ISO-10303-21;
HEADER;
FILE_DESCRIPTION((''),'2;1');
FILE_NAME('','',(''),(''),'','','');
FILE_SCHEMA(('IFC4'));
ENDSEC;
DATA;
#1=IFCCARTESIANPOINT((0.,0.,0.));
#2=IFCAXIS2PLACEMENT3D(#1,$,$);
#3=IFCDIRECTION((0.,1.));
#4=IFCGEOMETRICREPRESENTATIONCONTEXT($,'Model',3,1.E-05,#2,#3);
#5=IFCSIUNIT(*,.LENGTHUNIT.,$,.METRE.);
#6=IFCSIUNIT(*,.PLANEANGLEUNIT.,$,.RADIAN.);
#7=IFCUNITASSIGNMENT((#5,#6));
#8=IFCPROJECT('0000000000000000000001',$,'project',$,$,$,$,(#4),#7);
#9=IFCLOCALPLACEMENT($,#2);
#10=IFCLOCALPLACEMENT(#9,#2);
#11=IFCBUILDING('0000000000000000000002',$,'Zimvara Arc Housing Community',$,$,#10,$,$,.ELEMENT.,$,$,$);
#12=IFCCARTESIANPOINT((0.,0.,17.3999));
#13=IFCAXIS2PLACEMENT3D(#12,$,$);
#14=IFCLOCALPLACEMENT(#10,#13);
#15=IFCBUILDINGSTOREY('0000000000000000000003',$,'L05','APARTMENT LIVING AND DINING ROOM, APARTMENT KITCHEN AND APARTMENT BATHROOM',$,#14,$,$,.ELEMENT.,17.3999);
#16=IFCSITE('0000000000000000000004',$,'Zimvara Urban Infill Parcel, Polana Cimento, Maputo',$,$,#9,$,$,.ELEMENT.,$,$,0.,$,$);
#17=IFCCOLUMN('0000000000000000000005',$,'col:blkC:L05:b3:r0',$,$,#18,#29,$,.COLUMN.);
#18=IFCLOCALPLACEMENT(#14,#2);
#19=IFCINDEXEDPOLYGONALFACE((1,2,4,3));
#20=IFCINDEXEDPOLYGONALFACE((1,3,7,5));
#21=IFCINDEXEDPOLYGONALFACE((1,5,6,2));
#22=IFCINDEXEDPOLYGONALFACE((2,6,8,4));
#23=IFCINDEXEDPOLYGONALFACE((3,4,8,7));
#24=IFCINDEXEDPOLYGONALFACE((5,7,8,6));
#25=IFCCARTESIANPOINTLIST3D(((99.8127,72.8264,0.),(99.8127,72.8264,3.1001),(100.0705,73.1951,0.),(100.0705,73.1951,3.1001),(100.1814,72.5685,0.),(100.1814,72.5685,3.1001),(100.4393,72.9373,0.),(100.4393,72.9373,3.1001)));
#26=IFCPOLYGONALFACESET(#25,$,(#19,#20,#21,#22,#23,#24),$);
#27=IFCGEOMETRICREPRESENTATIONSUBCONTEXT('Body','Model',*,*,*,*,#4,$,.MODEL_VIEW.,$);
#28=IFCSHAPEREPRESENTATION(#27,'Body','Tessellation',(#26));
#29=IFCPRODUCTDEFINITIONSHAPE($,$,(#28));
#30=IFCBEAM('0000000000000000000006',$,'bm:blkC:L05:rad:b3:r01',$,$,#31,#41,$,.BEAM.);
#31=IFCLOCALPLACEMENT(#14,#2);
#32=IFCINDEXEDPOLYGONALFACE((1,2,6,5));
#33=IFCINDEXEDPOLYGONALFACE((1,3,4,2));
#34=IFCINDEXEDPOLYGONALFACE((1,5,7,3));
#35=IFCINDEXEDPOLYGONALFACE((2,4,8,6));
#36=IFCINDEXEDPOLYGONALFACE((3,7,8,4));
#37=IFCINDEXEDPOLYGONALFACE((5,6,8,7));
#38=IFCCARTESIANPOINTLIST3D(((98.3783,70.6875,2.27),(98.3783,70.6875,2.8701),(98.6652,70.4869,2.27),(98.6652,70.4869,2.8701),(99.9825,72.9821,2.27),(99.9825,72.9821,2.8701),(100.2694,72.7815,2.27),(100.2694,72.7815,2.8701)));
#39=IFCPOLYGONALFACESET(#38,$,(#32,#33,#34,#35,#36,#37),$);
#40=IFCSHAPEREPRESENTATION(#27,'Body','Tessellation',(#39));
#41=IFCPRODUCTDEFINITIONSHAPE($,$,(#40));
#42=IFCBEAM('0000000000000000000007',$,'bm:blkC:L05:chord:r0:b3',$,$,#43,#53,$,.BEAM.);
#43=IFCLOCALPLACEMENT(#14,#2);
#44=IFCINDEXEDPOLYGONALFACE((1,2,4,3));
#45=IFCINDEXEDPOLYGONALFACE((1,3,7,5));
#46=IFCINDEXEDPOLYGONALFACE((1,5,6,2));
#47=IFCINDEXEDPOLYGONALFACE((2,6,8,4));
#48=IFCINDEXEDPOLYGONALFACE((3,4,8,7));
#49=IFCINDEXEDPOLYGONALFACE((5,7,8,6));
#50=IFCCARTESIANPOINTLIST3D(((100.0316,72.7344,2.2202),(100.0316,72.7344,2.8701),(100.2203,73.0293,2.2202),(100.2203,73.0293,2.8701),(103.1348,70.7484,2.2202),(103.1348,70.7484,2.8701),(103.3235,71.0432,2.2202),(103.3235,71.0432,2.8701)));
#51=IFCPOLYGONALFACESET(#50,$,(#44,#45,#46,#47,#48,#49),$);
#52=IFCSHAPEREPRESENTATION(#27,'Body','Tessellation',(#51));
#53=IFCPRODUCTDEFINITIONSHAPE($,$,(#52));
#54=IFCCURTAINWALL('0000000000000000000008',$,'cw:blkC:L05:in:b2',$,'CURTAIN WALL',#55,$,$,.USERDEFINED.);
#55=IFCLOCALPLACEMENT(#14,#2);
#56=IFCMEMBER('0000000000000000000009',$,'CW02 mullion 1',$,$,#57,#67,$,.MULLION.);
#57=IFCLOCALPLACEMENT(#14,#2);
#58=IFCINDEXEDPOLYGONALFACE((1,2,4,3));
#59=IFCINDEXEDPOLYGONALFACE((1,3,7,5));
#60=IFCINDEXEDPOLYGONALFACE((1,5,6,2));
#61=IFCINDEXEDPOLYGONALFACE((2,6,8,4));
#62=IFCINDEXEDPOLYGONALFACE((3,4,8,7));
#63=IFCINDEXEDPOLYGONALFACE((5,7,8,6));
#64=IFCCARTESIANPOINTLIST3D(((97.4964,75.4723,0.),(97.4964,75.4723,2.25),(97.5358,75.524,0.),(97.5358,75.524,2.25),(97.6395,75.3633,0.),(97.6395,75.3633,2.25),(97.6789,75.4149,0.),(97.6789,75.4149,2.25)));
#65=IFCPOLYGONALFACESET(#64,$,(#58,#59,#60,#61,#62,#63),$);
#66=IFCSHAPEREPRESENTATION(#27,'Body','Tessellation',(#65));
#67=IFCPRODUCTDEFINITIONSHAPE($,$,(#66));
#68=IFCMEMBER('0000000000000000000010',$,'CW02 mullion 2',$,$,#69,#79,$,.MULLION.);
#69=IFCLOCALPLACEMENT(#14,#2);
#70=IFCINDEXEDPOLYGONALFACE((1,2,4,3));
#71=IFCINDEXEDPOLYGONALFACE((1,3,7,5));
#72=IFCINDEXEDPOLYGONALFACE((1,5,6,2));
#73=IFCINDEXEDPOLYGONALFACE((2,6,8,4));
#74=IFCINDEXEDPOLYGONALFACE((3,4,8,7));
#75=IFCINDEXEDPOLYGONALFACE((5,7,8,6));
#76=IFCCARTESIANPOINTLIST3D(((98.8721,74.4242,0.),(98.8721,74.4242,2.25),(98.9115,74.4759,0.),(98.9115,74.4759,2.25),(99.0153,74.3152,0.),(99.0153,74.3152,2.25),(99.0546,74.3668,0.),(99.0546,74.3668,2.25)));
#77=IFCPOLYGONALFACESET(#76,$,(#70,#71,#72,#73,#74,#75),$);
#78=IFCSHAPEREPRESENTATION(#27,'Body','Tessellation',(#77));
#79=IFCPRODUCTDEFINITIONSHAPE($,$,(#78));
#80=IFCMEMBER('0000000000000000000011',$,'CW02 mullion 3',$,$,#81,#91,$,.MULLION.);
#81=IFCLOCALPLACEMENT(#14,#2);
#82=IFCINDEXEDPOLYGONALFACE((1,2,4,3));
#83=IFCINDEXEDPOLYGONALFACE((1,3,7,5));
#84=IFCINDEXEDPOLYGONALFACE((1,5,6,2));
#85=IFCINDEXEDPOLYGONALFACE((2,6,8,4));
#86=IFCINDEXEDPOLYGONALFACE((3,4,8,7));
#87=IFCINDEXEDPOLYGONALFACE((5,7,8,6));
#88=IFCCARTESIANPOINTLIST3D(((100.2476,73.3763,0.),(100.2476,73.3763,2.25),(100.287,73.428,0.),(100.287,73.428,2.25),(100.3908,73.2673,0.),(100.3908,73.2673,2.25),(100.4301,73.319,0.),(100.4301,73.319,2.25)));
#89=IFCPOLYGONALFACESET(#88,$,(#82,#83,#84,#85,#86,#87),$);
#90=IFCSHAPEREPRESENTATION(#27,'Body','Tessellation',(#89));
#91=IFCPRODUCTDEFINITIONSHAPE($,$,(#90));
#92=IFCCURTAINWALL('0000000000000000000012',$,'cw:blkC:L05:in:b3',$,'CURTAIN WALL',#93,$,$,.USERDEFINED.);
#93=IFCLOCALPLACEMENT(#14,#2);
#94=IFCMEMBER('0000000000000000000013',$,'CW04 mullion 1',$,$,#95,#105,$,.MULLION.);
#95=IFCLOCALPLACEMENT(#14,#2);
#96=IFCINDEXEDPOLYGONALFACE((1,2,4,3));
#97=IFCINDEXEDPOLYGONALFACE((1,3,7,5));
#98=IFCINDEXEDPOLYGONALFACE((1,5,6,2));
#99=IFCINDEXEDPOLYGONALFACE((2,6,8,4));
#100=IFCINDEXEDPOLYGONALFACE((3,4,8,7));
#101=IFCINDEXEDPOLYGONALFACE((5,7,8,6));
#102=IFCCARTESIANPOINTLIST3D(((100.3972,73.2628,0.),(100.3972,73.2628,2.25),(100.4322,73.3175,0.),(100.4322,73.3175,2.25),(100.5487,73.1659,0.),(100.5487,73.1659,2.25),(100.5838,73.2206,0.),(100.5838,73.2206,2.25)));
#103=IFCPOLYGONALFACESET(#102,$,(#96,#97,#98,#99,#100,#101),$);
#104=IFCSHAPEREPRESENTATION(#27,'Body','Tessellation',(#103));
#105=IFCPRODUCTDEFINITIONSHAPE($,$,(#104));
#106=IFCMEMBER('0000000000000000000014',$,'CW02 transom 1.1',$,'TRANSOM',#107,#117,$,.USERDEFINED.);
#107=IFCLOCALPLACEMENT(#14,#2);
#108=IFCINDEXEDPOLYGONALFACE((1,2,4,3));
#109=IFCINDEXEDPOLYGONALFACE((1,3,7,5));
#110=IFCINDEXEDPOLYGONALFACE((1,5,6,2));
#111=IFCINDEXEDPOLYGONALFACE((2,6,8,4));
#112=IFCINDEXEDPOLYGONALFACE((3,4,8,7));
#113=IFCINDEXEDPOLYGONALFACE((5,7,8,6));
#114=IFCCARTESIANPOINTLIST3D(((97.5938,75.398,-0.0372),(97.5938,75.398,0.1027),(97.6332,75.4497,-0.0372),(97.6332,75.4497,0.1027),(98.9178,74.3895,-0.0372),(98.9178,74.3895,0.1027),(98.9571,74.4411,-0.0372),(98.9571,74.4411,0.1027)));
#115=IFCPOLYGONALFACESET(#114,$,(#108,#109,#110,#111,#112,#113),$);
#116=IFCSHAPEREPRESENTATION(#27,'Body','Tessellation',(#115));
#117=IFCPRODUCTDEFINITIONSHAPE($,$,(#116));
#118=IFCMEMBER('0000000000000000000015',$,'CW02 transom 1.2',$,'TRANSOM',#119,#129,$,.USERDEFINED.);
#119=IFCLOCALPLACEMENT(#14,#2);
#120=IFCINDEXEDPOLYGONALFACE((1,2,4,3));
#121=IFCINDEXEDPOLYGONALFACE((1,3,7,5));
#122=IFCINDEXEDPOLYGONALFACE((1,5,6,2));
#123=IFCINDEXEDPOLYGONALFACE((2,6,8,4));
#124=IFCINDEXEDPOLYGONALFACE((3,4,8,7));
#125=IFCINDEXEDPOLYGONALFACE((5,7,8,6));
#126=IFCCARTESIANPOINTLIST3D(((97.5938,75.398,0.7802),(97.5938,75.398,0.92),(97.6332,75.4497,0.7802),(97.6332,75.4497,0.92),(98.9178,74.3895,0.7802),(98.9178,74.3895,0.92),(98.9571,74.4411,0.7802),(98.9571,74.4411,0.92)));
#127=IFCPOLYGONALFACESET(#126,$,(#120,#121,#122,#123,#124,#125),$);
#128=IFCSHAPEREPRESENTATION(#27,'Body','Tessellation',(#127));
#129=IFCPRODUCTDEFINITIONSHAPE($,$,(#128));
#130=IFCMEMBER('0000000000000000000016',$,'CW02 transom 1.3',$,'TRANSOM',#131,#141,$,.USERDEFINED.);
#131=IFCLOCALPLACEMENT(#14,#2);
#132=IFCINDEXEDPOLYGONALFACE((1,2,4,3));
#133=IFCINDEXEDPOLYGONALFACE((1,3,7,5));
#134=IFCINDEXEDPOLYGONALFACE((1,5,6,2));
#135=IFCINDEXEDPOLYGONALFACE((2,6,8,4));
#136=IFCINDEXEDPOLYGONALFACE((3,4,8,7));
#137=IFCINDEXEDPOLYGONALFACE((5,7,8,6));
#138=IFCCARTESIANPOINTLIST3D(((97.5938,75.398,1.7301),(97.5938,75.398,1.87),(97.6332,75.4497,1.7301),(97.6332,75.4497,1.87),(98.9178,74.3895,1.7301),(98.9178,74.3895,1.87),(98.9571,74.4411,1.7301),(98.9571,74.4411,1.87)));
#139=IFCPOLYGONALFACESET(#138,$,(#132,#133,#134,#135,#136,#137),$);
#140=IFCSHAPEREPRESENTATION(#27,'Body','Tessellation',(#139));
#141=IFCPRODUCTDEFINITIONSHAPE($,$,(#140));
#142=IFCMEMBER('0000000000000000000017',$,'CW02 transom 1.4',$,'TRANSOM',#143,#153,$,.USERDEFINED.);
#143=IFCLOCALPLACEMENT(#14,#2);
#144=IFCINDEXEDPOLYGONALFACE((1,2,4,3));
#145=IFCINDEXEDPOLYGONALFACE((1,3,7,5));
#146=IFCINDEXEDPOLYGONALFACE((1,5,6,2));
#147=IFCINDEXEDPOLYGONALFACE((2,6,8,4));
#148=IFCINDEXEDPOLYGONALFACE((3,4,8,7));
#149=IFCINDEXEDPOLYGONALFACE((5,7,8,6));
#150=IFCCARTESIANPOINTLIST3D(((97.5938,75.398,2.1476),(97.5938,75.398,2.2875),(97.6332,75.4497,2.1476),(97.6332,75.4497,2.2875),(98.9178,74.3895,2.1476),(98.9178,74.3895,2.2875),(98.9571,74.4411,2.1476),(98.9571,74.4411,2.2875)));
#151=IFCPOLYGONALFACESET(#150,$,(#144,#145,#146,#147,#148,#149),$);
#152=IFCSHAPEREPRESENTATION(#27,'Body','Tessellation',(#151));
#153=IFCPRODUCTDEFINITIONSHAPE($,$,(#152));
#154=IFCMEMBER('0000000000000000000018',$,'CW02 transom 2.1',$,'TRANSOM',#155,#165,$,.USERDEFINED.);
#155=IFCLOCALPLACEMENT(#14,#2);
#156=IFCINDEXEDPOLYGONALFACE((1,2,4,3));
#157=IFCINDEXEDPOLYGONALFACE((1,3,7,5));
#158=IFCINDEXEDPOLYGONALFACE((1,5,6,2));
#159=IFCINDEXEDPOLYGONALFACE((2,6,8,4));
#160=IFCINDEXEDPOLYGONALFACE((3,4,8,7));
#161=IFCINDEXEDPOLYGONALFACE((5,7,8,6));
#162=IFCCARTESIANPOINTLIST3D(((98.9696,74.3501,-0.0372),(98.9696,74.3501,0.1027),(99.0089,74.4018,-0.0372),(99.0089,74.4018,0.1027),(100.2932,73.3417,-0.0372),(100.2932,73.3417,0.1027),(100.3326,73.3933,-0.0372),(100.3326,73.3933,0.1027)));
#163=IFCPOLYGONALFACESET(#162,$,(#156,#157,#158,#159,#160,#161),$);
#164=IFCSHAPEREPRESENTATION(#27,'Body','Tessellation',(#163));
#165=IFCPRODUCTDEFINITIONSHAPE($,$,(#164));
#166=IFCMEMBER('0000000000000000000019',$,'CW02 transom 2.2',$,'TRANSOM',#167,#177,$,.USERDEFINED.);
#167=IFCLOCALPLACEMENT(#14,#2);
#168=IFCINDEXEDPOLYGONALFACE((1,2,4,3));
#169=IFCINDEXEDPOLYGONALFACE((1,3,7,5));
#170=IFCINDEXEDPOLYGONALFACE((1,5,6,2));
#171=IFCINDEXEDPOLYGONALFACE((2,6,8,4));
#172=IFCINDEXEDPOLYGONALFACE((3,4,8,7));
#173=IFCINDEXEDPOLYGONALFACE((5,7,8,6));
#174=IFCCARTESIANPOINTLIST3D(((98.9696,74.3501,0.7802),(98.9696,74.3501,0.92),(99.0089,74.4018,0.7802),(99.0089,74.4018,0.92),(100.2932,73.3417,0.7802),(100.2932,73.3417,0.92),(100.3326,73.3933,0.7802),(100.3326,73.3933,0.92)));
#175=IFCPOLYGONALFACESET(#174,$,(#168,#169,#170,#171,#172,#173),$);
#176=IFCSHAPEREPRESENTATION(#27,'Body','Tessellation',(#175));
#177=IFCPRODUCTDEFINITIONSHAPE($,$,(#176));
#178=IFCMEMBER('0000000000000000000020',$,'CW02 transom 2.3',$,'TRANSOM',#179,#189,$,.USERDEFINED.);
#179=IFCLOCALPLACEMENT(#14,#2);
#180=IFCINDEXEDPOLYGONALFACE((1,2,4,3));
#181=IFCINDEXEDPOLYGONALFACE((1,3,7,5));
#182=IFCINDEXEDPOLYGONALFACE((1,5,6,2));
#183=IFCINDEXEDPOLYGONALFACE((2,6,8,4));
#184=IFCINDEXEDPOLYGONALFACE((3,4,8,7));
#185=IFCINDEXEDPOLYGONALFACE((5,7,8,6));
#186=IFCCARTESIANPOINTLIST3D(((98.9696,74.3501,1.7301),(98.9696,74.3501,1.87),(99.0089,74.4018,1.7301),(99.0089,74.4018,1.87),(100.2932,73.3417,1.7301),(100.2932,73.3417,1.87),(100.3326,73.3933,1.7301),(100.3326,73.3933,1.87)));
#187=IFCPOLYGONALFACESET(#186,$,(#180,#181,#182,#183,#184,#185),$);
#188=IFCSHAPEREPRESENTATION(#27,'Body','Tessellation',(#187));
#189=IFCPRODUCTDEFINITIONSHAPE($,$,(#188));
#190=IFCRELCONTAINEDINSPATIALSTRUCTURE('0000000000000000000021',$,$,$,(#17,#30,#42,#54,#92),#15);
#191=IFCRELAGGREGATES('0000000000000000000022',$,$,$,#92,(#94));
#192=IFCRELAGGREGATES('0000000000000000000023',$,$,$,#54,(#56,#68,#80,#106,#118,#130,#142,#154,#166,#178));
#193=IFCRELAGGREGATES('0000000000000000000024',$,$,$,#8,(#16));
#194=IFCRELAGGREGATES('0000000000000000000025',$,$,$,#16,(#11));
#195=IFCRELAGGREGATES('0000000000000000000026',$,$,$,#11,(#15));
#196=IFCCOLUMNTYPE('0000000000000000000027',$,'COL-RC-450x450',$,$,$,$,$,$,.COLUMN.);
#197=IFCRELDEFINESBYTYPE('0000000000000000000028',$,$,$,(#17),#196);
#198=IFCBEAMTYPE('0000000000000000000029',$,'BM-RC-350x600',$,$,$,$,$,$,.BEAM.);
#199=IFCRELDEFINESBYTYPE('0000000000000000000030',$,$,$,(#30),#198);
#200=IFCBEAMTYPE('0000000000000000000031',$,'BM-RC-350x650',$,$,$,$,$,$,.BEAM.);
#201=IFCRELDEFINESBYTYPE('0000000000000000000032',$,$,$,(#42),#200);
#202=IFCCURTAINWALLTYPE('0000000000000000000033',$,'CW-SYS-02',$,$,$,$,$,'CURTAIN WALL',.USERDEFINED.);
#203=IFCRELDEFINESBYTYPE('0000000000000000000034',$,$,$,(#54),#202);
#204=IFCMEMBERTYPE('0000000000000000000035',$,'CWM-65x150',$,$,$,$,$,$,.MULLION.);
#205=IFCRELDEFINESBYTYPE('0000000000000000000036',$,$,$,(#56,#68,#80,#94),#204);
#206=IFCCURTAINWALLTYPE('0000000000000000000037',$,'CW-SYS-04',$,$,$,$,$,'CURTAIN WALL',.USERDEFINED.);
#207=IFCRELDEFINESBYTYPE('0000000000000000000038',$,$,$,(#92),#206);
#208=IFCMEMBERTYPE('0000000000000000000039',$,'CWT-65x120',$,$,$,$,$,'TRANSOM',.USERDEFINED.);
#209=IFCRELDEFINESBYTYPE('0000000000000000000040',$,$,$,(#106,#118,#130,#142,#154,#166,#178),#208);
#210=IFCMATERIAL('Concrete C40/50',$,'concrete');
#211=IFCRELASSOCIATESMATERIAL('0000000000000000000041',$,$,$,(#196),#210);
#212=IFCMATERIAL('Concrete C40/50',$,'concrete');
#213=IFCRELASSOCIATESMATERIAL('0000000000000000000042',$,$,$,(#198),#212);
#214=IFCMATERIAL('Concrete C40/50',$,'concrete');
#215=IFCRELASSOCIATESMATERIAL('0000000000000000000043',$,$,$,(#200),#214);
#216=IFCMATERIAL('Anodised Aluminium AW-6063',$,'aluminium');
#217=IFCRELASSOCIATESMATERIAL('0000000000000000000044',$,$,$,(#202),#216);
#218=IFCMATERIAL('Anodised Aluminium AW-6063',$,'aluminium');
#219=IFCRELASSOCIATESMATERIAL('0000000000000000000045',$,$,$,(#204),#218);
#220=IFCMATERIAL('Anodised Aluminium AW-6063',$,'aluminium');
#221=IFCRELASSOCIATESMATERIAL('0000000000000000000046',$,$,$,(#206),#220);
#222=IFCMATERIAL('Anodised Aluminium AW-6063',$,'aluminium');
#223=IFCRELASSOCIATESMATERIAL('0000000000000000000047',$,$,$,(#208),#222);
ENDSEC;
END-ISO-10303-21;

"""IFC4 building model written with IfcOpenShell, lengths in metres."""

from ifc_helpers import new_model, si_unit, direction, frame, origin, origin_2d, place, context, subcontext, project, spatial, rectangle, extrude, material, material_profile, profile_set, type_object, element, aggregate, save


model = new_model("IFC4")

# Units and contexts
model_context = context("Model", 3, precision=1e-05, world=origin(), true_north=direction((0.0, 1.0)))
body_context = subcontext(model_context, "Body", "Model", "MODEL_VIEW")
ifc_project = project(units=[si_unit("LENGTHUNIT", "METRE"), si_unit("PLANEANGLEUNIT", "RADIAN")], contexts=[model_context])

# Site, building, storey
site_placement = place(None, origin())
site = spatial("IfcSite", under=ifc_project, at=site_placement, Name="Zimvara Urban Infill Parcel, Polana Cimento, Maputo", CompositionType="ELEMENT", RefElevation=0.0)
building_placement = place(site_placement, origin())
building = spatial("IfcBuilding", under=site, at=building_placement, Name="Zimvara Arc Housing Community", CompositionType="ELEMENT")
storey_placement = place(building_placement, frame((0.0, 0.0, 17.3999)))
storey = spatial("IfcBuildingStorey", under=building, at=storey_placement, Name="L05", Description="APARTMENT LIVING AND DINING ROOM, APARTMENT KITCHEN AND APARTMENT BATHROOM", CompositionType="ELEMENT", Elevation=17.3999)

# Column
ifc_material_1 = material(Name="Concrete C40/50", Category="concrete")
ifc_material_profile_1 = material_profile(ifc_material_1, rectangle(XDim=0.45, YDim=0.45, at=origin_2d()), Name="RC 450x450")
ifc_profile_set_1 = profile_set([ifc_material_profile_1], Name="Concrete C40/50")
column_type = type_object("IfcColumnType", Name="COL-RC-450x450", PredefinedType="COLUMN", material=ifc_profile_set_1)
column_placement = place(storey_placement, frame((100.126, 72.8818, 0.0), z_axis=(0.0, 0.0, 1.0), x_axis=(-0.573004, -0.819552, 0.0)))
element("IfcColumn", 1, at=column_placement, inside=storey, type_object=column_type, Name="col:blkC:L05:b3:r0", PredefinedType="COLUMN", context=body_context, shape_type="SweptSolid", body=[
    extrude(rectangle(XDim=0.45, YDim=0.45, at=origin_2d()), origin(), (0.0, 0.0, 1.0), 3.1001),
])

# Beams
ifc_material_2 = material(Name="Concrete C40/50", Category="concrete")
ifc_material_profile_2 = material_profile(ifc_material_2, rectangle(XDim=0.3501, YDim=0.6001, at=origin_2d()), Name="RC 350x600")
ifc_profile_set_2 = profile_set([ifc_material_profile_2], Name="Concrete C40/50")
beam_type_1 = type_object("IfcBeamType", Name="BM-RC-350x600", PredefinedType="BEAM", material=ifc_profile_set_2)
beam_1_placement = place(storey_placement, frame((100.126, 72.8818, 2.5701), z_axis=(-0.572977, -0.819572, 0.0), x_axis=(0.819572, -0.572977, 0.0)))
element("IfcBeam", 2, at=beam_1_placement, inside=storey, type_object=beam_type_1, Name="bm:blkC:L05:rad:b3:r01", PredefinedType="BEAM", context=body_context, shape_type="SweptSolid", body=[
    extrude(rectangle(XDim=0.3501, YDim=0.6001, at=origin_2d()), origin(), (0.0, 0.0, 1.0), 2.7998),
])
ifc_material_3 = material(Name="Concrete C40/50", Category="concrete")
ifc_material_profile_3 = material_profile(ifc_material_3, rectangle(XDim=0.3501, YDim=0.6499, at=origin_2d()), Name="RC 350x650")
ifc_profile_set_3 = profile_set([ifc_material_profile_3], Name="Concrete C40/50")
beam_type_2 = type_object("IfcBeamType", Name="BM-RC-350x650", PredefinedType="BEAM", material=ifc_profile_set_3)
beam_2_placement = place(storey_placement, frame((100.126, 72.8818, 2.5452), z_axis=(0.842273, -0.539052, 0.0), x_axis=(0.539052, 0.842273, 0.0)))
element("IfcBeam", 3, at=beam_2_placement, inside=storey, type_object=beam_type_2, Name="bm:blkC:L05:chord:r0:b3", PredefinedType="BEAM", context=body_context, shape_type="SweptSolid", body=[
    extrude(rectangle(XDim=0.3501, YDim=0.6499, at=origin_2d()), origin(), (0.0, 0.0, 1.0), 3.6843),
])

# Curtain wall, members
ifc_material_4 = material(Name="Anodised Aluminium AW-6063", Category="aluminium")
curtain_wall_type_1 = type_object("IfcCurtainWallType", Name="CW-SYS-02", ElementType="CURTAIN WALL", PredefinedType="USERDEFINED", material=ifc_material_4)
curtain_wall_1_placement = place(storey_placement, origin())
curtain_wall_1 = element("IfcCurtainWall", 4, at=curtain_wall_1_placement, inside=storey, type_object=curtain_wall_type_1, Name="cw:blkC:L05:in:b2", ObjectType="CURTAIN WALL", PredefinedType="USERDEFINED")
ifc_material_5 = material(Name="Anodised Aluminium AW-6063", Category="aluminium")
ifc_material_profile_4 = material_profile(ifc_material_5, rectangle(XDim=0.0649, YDim=0.1799, at=origin_2d()), Name="ALU 65x180")
ifc_profile_set_4 = profile_set([ifc_material_profile_4], Name="Anodised Aluminium AW-6063")
member_type_1 = type_object("IfcMemberType", Name="CWM-65x150", PredefinedType="MULLION", material=ifc_profile_set_4)
member_1_placement = place(storey_placement, frame((97.5876, 75.4436, 0.0), z_axis=(0.0, 0.0, 1.0), x_axis=(0.605988, 0.795474, 0.0)))
member_1 = element("IfcMember", 5, at=member_1_placement, type_object=member_type_1, Name="CW02 mullion 1", PredefinedType="MULLION", context=body_context, shape_type="SweptSolid", body=[
    extrude(rectangle(XDim=0.0649, YDim=0.1799, at=origin_2d()), origin(), (0.0, 0.0, 1.0), 2.25),
])
member_2_placement = place(storey_placement, frame((98.9634, 74.3955, 0.0), z_axis=(0.0, 0.0, 1.0), x_axis=(0.605988, 0.795474, 0.0)))
member_2 = element("IfcMember", 6, at=member_2_placement, type_object=member_type_1, Name="CW02 mullion 2", PredefinedType="MULLION", context=body_context, shape_type="SweptSolid", body=[
    extrude(rectangle(XDim=0.0649, YDim=0.1799, at=origin_2d()), origin(), (0.0, 0.0, 1.0), 2.25),
])
member_3_placement = place(storey_placement, frame((100.3389, 73.3477, 0.0), z_axis=(0.0, 0.0, 1.0), x_axis=(0.605988, 0.795474, 0.0)))
member_3 = element("IfcMember", 7, at=member_3_placement, type_object=member_type_1, Name="CW02 mullion 3", PredefinedType="MULLION", context=body_context, shape_type="SweptSolid", body=[
    extrude(rectangle(XDim=0.0649, YDim=0.1799, at=origin_2d()), origin(), (0.0, 0.0, 1.0), 2.25),
])

# Curtain wall, member
ifc_material_6 = material(Name="Anodised Aluminium AW-6063", Category="aluminium")
curtain_wall_type_2 = type_object("IfcCurtainWallType", Name="CW-SYS-04", ElementType="CURTAIN WALL", PredefinedType="USERDEFINED", material=ifc_material_6)
curtain_wall_2_placement = place(storey_placement, origin())
curtain_wall_2 = element("IfcCurtainWall", 8, at=curtain_wall_2_placement, inside=storey, type_object=curtain_wall_type_2, Name="cw:blkC:L05:in:b3", ObjectType="CURTAIN WALL", PredefinedType="USERDEFINED")
member_4_placement = place(storey_placement, frame((100.4905, 73.2417, 0.0), z_axis=(0.0, 0.0, 1.0), x_axis=(0.539064, 0.842265, 0.0)))
member_4 = element("IfcMember", 9, at=member_4_placement, type_object=member_type_1, Name="CW04 mullion 1", PredefinedType="MULLION", context=body_context, shape_type="SweptSolid", body=[
    extrude(rectangle(XDim=0.0649, YDim=0.1799, at=origin_2d()), origin(), (0.0, 0.0, 1.0), 2.25),
])

# Members
ifc_material_7 = material(Name="Anodised Aluminium AW-6063", Category="aluminium")
ifc_material_profile_5 = material_profile(ifc_material_7, rectangle(XDim=0.0649, YDim=0.1399, at=origin_2d()), Name="ALU 65x140")
ifc_profile_set_5 = profile_set([ifc_material_profile_5], Name="Anodised Aluminium AW-6063")
member_type_2 = type_object("IfcMemberType", Name="CWT-65x120", ElementType="TRANSOM", PredefinedType="USERDEFINED", material=ifc_profile_set_5)
member_5_placement = place(storey_placement, frame((97.6135, 75.4238, 0.0327), z_axis=(0.795489, -0.605968, 0.0), x_axis=(0.605968, 0.795489, 0.0)))
member_5 = element("IfcMember", 10, at=member_5_placement, type_object=member_type_2, Name="CW02 transom 1.1", ObjectType="TRANSOM", PredefinedType="USERDEFINED", context=body_context, shape_type="SweptSolid", body=[
    extrude(rectangle(XDim=0.0649, YDim=0.1399, at=origin_2d()), origin(), (0.0, 0.0, 1.0), 1.6643),
])
member_6_placement = place(storey_placement, frame((97.6135, 75.4238, 0.8501), z_axis=(0.795489, -0.605968, 0.0), x_axis=(0.605968, 0.795489, 0.0)))
member_6 = element("IfcMember", 11, at=member_6_placement, type_object=member_type_2, Name="CW02 transom 1.2", ObjectType="TRANSOM", PredefinedType="USERDEFINED", context=body_context, shape_type="SweptSolid", body=[
    extrude(rectangle(XDim=0.0649, YDim=0.1399, at=origin_2d()), origin(), (0.0, 0.0, 1.0), 1.6643),
])
member_7_placement = place(storey_placement, frame((97.6135, 75.4238, 1.8), z_axis=(0.795489, -0.605968, 0.0), x_axis=(0.605968, 0.795489, 0.0)))
member_7 = element("IfcMember", 12, at=member_7_placement, type_object=member_type_2, Name="CW02 transom 1.3", ObjectType="TRANSOM", PredefinedType="USERDEFINED", context=body_context, shape_type="SweptSolid", body=[
    extrude(rectangle(XDim=0.0649, YDim=0.1399, at=origin_2d()), origin(), (0.0, 0.0, 1.0), 1.6643),
])
member_8_placement = place(storey_placement, frame((97.6135, 75.4238, 2.2175), z_axis=(0.795489, -0.605968, 0.0), x_axis=(0.605968, 0.795489, 0.0)))
member_8 = element("IfcMember", 13, at=member_8_placement, type_object=member_type_2, Name="CW02 transom 1.4", ObjectType="TRANSOM", PredefinedType="USERDEFINED", context=body_context, shape_type="SweptSolid", body=[
    extrude(rectangle(XDim=0.0649, YDim=0.1399, at=origin_2d()), origin(), (0.0, 0.0, 1.0), 1.6643),
])
member_9_placement = place(storey_placement, frame((98.9893, 74.376, 0.0327), z_axis=(0.795435, -0.606039, 0.0), x_axis=(0.606039, 0.795435, 0.0)))
member_9 = element("IfcMember", 14, at=member_9_placement, type_object=member_type_2, Name="CW02 transom 2.1", ObjectType="TRANSOM", PredefinedType="USERDEFINED", context=body_context, shape_type="SweptSolid", body=[
    extrude(rectangle(XDim=0.0649, YDim=0.1399, at=origin_2d()), origin(), (0.0, 0.0, 1.0), 1.6641),
])
member_10_placement = place(storey_placement, frame((98.9893, 74.376, 0.8501), z_axis=(0.795435, -0.606039, 0.0), x_axis=(0.606039, 0.795435, 0.0)))
member_10 = element("IfcMember", 15, at=member_10_placement, type_object=member_type_2, Name="CW02 transom 2.2", ObjectType="TRANSOM", PredefinedType="USERDEFINED", context=body_context, shape_type="SweptSolid", body=[
    extrude(rectangle(XDim=0.0649, YDim=0.1399, at=origin_2d()), origin(), (0.0, 0.0, 1.0), 1.6641),
])
member_11_placement = place(storey_placement, frame((98.9893, 74.376, 1.8), z_axis=(0.795435, -0.606039, 0.0), x_axis=(0.606039, 0.795435, 0.0)))
member_11 = element("IfcMember", 16, at=member_11_placement, type_object=member_type_2, Name="CW02 transom 2.3", ObjectType="TRANSOM", PredefinedType="USERDEFINED", context=body_context, shape_type="SweptSolid", body=[
    extrude(rectangle(XDim=0.0649, YDim=0.1399, at=origin_2d()), origin(), (0.0, 0.0, 1.0), 1.6641),
])

aggregate(curtain_wall_2, [member_4])
aggregate(curtain_wall_1, [member_1, member_2, member_3, member_5, member_6, member_7, member_8, member_9, member_10, member_11])

save(model, "model.ifc")
